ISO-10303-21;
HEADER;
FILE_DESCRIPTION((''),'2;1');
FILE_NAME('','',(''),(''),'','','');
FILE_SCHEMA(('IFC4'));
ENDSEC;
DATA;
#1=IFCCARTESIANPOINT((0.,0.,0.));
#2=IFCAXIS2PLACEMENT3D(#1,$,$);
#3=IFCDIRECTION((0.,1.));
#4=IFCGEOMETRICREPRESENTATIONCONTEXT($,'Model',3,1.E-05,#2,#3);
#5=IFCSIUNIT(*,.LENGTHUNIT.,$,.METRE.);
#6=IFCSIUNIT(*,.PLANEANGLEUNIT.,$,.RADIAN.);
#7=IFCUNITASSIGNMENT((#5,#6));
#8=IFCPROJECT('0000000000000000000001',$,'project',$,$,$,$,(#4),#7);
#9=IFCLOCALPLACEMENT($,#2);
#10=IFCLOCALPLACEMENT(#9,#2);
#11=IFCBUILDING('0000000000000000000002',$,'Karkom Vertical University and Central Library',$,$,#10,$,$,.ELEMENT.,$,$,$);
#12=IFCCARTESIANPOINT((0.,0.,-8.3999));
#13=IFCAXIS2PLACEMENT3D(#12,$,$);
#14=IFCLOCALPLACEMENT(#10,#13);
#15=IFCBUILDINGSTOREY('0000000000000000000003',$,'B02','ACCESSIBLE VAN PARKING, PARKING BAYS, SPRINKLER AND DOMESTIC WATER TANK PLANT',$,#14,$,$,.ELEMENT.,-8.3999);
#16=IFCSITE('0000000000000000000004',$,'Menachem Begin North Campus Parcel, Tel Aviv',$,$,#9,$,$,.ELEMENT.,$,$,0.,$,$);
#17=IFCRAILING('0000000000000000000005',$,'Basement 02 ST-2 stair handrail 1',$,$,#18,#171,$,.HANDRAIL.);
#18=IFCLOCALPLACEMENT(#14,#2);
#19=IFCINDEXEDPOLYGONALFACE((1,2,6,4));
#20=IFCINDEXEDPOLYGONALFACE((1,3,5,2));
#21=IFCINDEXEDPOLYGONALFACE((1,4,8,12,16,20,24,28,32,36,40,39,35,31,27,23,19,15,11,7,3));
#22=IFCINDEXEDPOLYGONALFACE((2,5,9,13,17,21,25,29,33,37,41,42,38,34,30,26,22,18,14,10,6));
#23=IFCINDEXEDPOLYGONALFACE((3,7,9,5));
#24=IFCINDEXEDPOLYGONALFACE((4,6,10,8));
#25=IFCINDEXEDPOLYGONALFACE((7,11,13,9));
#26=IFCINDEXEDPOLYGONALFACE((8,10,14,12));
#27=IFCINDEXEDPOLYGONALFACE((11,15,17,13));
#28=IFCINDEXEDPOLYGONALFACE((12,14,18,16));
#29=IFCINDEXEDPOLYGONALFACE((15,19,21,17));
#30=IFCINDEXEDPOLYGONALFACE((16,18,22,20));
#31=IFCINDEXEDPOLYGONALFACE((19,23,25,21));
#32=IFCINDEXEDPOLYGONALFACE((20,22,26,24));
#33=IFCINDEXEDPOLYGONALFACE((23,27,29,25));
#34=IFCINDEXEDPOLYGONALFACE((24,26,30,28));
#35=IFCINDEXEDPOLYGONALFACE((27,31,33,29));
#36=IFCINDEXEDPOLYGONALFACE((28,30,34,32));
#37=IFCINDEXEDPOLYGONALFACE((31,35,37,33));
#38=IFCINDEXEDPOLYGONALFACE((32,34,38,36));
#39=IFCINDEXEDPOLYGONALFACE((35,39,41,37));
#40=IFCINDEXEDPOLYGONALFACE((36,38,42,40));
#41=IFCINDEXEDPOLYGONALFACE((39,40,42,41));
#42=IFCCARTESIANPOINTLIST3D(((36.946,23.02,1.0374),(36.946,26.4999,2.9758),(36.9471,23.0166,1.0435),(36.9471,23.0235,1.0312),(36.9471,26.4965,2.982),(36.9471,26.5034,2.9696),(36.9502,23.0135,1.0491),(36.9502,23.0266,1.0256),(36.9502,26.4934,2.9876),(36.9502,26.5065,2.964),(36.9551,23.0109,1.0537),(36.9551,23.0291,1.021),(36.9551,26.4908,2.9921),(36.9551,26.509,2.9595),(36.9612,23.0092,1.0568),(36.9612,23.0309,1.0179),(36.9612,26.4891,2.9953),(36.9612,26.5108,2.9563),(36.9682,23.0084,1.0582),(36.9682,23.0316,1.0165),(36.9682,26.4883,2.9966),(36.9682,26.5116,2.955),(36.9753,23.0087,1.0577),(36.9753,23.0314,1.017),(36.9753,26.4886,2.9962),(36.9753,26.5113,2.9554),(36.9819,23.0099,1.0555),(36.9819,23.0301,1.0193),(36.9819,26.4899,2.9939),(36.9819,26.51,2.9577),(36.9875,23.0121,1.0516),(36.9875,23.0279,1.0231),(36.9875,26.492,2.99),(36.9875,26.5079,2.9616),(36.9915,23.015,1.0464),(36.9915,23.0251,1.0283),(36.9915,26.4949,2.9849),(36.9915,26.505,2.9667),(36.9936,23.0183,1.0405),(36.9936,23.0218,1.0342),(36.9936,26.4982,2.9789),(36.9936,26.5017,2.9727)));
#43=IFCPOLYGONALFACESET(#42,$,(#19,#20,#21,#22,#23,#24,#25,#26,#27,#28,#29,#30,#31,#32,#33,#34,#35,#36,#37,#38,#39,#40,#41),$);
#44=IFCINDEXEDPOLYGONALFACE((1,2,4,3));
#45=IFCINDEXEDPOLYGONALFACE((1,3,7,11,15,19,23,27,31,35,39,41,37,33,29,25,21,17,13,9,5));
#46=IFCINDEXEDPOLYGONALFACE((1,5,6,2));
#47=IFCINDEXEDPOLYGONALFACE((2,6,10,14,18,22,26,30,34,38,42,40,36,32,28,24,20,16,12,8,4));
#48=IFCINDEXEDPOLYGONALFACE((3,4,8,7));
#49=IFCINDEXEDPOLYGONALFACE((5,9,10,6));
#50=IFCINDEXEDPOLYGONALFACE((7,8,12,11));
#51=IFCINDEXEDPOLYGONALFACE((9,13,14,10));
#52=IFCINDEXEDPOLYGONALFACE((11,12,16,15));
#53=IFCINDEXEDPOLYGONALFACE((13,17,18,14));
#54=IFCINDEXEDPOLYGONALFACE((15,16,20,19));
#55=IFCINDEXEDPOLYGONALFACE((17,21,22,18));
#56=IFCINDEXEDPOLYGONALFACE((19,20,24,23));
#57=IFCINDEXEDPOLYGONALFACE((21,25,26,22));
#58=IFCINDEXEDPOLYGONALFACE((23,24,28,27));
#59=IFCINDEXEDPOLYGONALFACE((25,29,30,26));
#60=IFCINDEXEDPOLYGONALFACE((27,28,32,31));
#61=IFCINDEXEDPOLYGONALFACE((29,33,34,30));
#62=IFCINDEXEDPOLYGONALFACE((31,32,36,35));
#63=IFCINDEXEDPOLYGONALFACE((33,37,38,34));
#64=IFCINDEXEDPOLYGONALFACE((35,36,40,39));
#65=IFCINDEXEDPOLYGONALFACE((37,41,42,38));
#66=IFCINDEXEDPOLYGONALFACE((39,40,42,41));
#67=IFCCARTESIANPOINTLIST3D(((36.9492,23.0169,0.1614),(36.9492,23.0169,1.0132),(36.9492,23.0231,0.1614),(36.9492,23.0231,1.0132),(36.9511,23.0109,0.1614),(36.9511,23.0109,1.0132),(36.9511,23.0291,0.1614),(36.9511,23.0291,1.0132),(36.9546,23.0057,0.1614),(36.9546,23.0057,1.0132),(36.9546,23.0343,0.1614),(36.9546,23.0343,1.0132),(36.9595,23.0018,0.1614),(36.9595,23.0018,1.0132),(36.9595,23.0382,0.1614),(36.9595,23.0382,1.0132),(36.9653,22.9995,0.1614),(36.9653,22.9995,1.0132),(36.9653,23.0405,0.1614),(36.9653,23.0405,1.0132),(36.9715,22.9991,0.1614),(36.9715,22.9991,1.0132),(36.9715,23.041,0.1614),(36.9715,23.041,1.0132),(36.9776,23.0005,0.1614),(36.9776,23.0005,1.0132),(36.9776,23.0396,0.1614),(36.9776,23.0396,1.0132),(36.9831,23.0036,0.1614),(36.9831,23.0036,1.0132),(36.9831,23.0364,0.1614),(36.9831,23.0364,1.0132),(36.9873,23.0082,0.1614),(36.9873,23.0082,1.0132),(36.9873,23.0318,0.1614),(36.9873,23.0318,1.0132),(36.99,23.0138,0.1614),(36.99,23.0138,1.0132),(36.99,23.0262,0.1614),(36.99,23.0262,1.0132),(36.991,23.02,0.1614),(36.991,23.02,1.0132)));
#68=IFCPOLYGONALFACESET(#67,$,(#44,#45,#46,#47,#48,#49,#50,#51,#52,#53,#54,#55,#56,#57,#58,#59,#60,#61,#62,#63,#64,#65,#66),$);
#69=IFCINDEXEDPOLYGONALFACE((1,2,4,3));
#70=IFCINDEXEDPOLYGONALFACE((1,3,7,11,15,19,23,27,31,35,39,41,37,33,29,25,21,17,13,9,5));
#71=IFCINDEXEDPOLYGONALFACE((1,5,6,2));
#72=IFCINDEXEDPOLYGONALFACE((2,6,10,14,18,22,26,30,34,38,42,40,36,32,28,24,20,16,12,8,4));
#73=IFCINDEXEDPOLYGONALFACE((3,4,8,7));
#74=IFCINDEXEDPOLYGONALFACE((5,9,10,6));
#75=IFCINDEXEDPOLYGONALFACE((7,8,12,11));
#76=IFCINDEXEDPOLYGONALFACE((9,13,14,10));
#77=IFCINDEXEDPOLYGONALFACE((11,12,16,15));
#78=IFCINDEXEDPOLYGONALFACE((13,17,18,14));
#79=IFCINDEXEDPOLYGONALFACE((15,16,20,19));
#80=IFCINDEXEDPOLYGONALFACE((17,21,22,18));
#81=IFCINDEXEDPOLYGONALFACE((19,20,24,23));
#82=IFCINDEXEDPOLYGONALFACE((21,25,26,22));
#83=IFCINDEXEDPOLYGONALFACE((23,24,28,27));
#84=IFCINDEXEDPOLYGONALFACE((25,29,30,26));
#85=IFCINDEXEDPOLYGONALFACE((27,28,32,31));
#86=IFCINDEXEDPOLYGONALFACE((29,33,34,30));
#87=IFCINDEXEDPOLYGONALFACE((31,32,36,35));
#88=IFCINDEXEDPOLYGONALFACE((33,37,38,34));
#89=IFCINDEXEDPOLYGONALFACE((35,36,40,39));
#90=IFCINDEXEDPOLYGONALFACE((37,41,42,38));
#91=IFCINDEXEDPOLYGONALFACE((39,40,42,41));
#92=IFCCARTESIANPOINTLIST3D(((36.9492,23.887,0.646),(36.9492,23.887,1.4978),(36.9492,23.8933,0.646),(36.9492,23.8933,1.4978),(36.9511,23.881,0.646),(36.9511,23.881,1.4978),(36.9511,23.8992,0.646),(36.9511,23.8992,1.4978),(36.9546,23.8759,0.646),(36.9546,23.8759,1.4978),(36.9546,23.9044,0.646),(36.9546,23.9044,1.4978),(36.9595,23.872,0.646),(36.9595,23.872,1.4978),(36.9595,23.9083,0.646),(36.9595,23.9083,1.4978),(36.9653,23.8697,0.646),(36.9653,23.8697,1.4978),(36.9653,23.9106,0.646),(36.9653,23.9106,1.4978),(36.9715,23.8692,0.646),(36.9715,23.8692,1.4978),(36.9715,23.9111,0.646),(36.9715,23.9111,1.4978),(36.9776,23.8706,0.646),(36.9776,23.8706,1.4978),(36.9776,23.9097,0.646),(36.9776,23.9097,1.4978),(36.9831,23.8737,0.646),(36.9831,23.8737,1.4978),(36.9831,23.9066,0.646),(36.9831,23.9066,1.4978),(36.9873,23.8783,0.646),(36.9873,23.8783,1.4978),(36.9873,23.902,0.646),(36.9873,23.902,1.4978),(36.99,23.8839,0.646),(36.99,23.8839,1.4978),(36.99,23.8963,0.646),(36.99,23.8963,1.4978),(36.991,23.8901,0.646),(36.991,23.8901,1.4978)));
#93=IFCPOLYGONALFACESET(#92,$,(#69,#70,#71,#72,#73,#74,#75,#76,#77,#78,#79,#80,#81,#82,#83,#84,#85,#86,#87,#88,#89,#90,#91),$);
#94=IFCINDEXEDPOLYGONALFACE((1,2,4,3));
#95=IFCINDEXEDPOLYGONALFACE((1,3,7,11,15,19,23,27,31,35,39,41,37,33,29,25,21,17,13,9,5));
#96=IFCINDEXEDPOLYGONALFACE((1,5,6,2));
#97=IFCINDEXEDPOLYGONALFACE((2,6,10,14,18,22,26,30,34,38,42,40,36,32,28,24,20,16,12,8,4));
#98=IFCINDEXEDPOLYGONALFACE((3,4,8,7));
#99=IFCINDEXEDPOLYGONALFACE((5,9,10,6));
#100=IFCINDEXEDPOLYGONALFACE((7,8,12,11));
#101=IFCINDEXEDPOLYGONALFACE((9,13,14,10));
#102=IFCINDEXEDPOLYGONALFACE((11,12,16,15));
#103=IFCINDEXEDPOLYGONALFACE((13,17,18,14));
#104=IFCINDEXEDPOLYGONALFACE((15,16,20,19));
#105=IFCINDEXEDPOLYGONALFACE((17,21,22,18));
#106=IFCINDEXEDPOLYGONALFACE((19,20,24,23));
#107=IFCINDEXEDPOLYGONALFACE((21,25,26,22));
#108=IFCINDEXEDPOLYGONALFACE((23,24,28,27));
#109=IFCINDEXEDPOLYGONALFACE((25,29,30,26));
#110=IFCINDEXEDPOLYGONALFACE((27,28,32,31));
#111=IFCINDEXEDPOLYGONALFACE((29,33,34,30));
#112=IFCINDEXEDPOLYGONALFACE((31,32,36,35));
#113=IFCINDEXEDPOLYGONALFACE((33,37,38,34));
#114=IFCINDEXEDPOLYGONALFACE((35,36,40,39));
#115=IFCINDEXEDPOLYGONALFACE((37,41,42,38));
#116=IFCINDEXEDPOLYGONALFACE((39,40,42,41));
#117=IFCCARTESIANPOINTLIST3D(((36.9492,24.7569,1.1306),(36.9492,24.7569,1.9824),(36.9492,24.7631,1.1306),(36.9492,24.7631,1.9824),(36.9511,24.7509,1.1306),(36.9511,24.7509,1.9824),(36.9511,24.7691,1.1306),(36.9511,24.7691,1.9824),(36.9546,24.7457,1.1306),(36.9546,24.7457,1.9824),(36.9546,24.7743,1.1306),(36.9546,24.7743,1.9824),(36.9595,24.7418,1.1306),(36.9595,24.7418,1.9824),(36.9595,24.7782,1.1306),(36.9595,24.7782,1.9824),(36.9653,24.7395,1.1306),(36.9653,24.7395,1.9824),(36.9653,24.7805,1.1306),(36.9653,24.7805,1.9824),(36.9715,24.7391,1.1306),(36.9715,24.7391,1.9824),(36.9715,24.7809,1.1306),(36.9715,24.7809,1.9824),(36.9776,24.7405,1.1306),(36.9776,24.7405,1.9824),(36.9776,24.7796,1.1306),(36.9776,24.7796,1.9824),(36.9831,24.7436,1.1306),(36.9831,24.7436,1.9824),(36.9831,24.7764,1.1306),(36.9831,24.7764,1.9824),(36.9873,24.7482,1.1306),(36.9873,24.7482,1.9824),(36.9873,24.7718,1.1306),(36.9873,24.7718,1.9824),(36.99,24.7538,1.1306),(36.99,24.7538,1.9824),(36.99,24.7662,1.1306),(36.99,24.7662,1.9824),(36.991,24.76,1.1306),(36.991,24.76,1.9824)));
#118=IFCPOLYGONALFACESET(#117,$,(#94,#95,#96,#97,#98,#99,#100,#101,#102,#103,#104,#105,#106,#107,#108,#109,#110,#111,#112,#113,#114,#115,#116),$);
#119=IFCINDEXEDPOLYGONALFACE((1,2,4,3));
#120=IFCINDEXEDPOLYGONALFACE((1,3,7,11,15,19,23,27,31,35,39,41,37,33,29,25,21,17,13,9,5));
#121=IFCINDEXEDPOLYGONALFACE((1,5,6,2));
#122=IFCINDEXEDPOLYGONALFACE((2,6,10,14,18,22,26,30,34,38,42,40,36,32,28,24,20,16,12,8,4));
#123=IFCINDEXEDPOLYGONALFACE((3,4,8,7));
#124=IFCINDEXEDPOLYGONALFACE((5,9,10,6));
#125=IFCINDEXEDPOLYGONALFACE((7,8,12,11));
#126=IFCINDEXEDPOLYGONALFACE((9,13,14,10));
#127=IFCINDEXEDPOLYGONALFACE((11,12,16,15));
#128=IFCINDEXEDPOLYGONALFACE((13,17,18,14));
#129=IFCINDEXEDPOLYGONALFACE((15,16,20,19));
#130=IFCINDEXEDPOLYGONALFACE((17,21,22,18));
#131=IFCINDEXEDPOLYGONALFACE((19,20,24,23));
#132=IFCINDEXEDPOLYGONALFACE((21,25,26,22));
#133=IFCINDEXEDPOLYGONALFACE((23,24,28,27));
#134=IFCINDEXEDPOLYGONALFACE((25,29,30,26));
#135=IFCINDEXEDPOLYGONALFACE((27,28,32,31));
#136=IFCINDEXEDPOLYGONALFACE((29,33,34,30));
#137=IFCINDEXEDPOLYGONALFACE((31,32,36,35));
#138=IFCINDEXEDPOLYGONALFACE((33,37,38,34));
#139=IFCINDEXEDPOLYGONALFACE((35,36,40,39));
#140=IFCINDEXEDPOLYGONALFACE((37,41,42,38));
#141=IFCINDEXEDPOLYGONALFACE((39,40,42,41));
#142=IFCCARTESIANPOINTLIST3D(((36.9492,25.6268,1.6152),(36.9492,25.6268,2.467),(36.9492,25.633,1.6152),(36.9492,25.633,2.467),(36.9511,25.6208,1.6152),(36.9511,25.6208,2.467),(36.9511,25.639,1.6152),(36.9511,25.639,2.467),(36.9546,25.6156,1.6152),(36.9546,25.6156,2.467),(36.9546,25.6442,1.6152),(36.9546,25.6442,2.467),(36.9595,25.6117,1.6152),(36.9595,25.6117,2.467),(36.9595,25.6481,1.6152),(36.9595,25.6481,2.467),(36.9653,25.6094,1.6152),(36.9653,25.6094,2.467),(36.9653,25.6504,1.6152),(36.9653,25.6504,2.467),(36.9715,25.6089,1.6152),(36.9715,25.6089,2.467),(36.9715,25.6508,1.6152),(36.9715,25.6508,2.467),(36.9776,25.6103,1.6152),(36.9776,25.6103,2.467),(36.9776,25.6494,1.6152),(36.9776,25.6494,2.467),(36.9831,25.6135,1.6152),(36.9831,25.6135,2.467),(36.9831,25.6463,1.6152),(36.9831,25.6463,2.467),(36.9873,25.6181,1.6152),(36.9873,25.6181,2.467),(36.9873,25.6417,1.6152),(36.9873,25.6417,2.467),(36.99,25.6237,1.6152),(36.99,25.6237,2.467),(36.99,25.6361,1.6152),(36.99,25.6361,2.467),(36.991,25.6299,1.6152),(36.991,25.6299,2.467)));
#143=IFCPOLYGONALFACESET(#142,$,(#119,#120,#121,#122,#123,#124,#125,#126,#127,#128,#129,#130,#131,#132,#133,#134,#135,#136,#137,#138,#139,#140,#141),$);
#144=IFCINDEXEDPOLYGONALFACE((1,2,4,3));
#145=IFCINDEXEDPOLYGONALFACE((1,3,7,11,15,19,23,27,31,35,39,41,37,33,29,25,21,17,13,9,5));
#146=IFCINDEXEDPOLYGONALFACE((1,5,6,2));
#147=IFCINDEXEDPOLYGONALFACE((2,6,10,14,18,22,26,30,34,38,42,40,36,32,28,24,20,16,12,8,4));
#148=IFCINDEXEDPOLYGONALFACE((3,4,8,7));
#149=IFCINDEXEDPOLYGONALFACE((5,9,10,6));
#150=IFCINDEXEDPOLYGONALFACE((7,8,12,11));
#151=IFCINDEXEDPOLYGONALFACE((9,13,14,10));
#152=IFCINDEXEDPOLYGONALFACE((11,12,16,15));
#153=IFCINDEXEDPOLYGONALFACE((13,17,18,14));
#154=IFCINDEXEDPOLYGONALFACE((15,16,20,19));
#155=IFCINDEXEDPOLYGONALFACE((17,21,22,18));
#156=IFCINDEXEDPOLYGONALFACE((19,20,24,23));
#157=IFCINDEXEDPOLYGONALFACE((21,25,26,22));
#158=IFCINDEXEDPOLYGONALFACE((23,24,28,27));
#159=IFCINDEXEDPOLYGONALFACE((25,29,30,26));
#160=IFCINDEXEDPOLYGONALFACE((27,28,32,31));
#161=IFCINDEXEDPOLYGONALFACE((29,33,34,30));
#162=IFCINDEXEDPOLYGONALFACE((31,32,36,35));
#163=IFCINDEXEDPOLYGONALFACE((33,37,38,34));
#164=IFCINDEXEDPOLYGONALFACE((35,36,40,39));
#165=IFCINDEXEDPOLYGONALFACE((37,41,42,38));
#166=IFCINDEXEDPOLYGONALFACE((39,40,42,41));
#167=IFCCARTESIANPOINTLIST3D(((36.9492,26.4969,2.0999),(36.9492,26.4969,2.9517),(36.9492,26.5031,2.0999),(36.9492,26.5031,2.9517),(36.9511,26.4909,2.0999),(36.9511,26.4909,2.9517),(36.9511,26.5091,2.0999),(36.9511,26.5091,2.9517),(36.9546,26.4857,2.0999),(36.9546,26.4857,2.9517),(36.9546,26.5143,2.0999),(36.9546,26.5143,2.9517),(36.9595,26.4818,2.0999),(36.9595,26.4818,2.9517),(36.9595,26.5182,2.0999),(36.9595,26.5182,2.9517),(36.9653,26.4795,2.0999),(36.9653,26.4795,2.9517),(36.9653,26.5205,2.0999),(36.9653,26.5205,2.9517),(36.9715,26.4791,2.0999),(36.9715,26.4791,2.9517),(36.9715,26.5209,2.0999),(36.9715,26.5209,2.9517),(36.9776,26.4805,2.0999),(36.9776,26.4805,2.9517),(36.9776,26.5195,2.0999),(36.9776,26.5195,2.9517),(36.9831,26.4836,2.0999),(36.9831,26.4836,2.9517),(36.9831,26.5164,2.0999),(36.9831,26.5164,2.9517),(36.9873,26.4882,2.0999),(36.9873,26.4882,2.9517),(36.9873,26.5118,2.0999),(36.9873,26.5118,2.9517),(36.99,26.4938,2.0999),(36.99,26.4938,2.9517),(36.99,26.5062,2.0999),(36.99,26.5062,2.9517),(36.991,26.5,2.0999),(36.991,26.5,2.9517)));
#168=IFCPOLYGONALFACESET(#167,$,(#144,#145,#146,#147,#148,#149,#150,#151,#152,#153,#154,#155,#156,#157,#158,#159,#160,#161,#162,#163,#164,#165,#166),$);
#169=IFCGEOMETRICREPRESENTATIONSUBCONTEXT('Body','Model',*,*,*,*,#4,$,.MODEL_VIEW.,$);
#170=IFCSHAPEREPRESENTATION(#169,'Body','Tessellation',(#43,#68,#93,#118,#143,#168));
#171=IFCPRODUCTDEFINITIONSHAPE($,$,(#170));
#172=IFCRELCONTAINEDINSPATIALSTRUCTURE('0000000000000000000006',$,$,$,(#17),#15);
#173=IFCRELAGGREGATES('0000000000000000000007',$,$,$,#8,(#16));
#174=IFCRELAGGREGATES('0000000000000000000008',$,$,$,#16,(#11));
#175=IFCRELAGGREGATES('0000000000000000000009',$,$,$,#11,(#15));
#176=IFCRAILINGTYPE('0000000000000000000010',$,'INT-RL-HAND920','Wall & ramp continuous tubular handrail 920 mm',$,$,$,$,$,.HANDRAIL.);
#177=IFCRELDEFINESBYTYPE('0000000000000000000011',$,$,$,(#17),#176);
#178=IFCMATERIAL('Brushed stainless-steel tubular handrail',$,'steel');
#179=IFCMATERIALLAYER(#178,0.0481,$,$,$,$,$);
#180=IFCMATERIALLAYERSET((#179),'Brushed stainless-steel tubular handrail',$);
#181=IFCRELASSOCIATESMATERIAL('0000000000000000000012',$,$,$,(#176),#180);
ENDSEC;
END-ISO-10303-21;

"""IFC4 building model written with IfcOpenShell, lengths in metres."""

from ifc_helpers import new_model, si_unit, direction, frame, origin, origin_2d, place, context, subcontext, project, spatial, circle, extrude, material, layer, layer_set, type_object, element, save


model = new_model("IFC4")

# Units and contexts
model_context = context("Model", 3, precision=1e-05, world=origin(), true_north=direction((0.0, 1.0)))
body_context = subcontext(model_context, "Body", "Model", "MODEL_VIEW")
ifc_project = project(units=[si_unit("LENGTHUNIT", "METRE"), si_unit("PLANEANGLEUNIT", "RADIAN")], contexts=[model_context])

# Site, building, storey
site_placement = place(None, origin())
site = spatial("IfcSite", under=ifc_project, at=site_placement, Name="Menachem Begin North Campus Parcel, Tel Aviv", CompositionType="ELEMENT", RefElevation=0.0)
building_placement = place(site_placement, origin())
building = spatial("IfcBuilding", under=site, at=building_placement, Name="Karkom Vertical University and Central Library", CompositionType="ELEMENT")
storey_placement = place(building_placement, frame((0.0, 0.0, -8.3999)))
storey = spatial("IfcBuildingStorey", under=building, at=storey_placement, Name="B02", Description="ACCESSIBLE VAN PARKING, PARKING BAYS, SPRINKLER AND DOMESTIC WATER TANK PLANT", CompositionType="ELEMENT", Elevation=-8.3999)

# Railing
ifc_material_1 = material(Name="Brushed stainless-steel tubular handrail", Category="steel")
ifc_layer_1 = layer(ifc_material_1, 0.0481)
ifc_layer_set_1 = layer_set([ifc_layer_1], Name="Brushed stainless-steel tubular handrail")
railing_type_1 = type_object("IfcRailingType", Name="INT-RL-HAND920", Description="Wall & ramp continuous tubular handrail 920 mm", PredefinedType="HANDRAIL", material=ifc_layer_set_1)
railing_1_placement = place(storey_placement, frame((36.97, 23.02, 0.1614)))
element("IfcRailing", 1, at=railing_1_placement, inside=storey, type_object=railing_type_1, Name="Basement 02 ST-2 stair handrail 1", PredefinedType="HANDRAIL", context=body_context, shape_type="SweptSolid", body=[
    extrude(circle(Radius=0.0239, at=origin_2d()), frame((0.0, 0.0, 0.876), z_axis=(0.0, 0.873607, 0.486631), x_axis=(-1.0, 0.0, 0.0)), (0.0, 0.0, 1.0), 3.9834),
    extrude(circle(Radius=0.021, at=origin_2d()), origin(), (0.0, 0.0, 1.0), 0.8518),
    extrude(circle(Radius=0.021, at=origin_2d()), frame((0.0, 0.8701, 0.4846)), (0.0, 0.0, 1.0), 0.8518),
    extrude(circle(Radius=0.021, at=origin_2d()), frame((0.0, 1.74, 0.9692)), (0.0, 0.0, 1.0), 0.8518),
    extrude(circle(Radius=0.021, at=origin_2d()), frame((0.0, 2.6099, 1.4539)), (0.0, 0.0, 1.0), 0.8518),
    extrude(circle(Radius=0.021, at=origin_2d()), frame((0.0, 3.48, 1.9385)), (0.0, 0.0, 1.0), 0.8518),
])

save(model, "model.ifc")
